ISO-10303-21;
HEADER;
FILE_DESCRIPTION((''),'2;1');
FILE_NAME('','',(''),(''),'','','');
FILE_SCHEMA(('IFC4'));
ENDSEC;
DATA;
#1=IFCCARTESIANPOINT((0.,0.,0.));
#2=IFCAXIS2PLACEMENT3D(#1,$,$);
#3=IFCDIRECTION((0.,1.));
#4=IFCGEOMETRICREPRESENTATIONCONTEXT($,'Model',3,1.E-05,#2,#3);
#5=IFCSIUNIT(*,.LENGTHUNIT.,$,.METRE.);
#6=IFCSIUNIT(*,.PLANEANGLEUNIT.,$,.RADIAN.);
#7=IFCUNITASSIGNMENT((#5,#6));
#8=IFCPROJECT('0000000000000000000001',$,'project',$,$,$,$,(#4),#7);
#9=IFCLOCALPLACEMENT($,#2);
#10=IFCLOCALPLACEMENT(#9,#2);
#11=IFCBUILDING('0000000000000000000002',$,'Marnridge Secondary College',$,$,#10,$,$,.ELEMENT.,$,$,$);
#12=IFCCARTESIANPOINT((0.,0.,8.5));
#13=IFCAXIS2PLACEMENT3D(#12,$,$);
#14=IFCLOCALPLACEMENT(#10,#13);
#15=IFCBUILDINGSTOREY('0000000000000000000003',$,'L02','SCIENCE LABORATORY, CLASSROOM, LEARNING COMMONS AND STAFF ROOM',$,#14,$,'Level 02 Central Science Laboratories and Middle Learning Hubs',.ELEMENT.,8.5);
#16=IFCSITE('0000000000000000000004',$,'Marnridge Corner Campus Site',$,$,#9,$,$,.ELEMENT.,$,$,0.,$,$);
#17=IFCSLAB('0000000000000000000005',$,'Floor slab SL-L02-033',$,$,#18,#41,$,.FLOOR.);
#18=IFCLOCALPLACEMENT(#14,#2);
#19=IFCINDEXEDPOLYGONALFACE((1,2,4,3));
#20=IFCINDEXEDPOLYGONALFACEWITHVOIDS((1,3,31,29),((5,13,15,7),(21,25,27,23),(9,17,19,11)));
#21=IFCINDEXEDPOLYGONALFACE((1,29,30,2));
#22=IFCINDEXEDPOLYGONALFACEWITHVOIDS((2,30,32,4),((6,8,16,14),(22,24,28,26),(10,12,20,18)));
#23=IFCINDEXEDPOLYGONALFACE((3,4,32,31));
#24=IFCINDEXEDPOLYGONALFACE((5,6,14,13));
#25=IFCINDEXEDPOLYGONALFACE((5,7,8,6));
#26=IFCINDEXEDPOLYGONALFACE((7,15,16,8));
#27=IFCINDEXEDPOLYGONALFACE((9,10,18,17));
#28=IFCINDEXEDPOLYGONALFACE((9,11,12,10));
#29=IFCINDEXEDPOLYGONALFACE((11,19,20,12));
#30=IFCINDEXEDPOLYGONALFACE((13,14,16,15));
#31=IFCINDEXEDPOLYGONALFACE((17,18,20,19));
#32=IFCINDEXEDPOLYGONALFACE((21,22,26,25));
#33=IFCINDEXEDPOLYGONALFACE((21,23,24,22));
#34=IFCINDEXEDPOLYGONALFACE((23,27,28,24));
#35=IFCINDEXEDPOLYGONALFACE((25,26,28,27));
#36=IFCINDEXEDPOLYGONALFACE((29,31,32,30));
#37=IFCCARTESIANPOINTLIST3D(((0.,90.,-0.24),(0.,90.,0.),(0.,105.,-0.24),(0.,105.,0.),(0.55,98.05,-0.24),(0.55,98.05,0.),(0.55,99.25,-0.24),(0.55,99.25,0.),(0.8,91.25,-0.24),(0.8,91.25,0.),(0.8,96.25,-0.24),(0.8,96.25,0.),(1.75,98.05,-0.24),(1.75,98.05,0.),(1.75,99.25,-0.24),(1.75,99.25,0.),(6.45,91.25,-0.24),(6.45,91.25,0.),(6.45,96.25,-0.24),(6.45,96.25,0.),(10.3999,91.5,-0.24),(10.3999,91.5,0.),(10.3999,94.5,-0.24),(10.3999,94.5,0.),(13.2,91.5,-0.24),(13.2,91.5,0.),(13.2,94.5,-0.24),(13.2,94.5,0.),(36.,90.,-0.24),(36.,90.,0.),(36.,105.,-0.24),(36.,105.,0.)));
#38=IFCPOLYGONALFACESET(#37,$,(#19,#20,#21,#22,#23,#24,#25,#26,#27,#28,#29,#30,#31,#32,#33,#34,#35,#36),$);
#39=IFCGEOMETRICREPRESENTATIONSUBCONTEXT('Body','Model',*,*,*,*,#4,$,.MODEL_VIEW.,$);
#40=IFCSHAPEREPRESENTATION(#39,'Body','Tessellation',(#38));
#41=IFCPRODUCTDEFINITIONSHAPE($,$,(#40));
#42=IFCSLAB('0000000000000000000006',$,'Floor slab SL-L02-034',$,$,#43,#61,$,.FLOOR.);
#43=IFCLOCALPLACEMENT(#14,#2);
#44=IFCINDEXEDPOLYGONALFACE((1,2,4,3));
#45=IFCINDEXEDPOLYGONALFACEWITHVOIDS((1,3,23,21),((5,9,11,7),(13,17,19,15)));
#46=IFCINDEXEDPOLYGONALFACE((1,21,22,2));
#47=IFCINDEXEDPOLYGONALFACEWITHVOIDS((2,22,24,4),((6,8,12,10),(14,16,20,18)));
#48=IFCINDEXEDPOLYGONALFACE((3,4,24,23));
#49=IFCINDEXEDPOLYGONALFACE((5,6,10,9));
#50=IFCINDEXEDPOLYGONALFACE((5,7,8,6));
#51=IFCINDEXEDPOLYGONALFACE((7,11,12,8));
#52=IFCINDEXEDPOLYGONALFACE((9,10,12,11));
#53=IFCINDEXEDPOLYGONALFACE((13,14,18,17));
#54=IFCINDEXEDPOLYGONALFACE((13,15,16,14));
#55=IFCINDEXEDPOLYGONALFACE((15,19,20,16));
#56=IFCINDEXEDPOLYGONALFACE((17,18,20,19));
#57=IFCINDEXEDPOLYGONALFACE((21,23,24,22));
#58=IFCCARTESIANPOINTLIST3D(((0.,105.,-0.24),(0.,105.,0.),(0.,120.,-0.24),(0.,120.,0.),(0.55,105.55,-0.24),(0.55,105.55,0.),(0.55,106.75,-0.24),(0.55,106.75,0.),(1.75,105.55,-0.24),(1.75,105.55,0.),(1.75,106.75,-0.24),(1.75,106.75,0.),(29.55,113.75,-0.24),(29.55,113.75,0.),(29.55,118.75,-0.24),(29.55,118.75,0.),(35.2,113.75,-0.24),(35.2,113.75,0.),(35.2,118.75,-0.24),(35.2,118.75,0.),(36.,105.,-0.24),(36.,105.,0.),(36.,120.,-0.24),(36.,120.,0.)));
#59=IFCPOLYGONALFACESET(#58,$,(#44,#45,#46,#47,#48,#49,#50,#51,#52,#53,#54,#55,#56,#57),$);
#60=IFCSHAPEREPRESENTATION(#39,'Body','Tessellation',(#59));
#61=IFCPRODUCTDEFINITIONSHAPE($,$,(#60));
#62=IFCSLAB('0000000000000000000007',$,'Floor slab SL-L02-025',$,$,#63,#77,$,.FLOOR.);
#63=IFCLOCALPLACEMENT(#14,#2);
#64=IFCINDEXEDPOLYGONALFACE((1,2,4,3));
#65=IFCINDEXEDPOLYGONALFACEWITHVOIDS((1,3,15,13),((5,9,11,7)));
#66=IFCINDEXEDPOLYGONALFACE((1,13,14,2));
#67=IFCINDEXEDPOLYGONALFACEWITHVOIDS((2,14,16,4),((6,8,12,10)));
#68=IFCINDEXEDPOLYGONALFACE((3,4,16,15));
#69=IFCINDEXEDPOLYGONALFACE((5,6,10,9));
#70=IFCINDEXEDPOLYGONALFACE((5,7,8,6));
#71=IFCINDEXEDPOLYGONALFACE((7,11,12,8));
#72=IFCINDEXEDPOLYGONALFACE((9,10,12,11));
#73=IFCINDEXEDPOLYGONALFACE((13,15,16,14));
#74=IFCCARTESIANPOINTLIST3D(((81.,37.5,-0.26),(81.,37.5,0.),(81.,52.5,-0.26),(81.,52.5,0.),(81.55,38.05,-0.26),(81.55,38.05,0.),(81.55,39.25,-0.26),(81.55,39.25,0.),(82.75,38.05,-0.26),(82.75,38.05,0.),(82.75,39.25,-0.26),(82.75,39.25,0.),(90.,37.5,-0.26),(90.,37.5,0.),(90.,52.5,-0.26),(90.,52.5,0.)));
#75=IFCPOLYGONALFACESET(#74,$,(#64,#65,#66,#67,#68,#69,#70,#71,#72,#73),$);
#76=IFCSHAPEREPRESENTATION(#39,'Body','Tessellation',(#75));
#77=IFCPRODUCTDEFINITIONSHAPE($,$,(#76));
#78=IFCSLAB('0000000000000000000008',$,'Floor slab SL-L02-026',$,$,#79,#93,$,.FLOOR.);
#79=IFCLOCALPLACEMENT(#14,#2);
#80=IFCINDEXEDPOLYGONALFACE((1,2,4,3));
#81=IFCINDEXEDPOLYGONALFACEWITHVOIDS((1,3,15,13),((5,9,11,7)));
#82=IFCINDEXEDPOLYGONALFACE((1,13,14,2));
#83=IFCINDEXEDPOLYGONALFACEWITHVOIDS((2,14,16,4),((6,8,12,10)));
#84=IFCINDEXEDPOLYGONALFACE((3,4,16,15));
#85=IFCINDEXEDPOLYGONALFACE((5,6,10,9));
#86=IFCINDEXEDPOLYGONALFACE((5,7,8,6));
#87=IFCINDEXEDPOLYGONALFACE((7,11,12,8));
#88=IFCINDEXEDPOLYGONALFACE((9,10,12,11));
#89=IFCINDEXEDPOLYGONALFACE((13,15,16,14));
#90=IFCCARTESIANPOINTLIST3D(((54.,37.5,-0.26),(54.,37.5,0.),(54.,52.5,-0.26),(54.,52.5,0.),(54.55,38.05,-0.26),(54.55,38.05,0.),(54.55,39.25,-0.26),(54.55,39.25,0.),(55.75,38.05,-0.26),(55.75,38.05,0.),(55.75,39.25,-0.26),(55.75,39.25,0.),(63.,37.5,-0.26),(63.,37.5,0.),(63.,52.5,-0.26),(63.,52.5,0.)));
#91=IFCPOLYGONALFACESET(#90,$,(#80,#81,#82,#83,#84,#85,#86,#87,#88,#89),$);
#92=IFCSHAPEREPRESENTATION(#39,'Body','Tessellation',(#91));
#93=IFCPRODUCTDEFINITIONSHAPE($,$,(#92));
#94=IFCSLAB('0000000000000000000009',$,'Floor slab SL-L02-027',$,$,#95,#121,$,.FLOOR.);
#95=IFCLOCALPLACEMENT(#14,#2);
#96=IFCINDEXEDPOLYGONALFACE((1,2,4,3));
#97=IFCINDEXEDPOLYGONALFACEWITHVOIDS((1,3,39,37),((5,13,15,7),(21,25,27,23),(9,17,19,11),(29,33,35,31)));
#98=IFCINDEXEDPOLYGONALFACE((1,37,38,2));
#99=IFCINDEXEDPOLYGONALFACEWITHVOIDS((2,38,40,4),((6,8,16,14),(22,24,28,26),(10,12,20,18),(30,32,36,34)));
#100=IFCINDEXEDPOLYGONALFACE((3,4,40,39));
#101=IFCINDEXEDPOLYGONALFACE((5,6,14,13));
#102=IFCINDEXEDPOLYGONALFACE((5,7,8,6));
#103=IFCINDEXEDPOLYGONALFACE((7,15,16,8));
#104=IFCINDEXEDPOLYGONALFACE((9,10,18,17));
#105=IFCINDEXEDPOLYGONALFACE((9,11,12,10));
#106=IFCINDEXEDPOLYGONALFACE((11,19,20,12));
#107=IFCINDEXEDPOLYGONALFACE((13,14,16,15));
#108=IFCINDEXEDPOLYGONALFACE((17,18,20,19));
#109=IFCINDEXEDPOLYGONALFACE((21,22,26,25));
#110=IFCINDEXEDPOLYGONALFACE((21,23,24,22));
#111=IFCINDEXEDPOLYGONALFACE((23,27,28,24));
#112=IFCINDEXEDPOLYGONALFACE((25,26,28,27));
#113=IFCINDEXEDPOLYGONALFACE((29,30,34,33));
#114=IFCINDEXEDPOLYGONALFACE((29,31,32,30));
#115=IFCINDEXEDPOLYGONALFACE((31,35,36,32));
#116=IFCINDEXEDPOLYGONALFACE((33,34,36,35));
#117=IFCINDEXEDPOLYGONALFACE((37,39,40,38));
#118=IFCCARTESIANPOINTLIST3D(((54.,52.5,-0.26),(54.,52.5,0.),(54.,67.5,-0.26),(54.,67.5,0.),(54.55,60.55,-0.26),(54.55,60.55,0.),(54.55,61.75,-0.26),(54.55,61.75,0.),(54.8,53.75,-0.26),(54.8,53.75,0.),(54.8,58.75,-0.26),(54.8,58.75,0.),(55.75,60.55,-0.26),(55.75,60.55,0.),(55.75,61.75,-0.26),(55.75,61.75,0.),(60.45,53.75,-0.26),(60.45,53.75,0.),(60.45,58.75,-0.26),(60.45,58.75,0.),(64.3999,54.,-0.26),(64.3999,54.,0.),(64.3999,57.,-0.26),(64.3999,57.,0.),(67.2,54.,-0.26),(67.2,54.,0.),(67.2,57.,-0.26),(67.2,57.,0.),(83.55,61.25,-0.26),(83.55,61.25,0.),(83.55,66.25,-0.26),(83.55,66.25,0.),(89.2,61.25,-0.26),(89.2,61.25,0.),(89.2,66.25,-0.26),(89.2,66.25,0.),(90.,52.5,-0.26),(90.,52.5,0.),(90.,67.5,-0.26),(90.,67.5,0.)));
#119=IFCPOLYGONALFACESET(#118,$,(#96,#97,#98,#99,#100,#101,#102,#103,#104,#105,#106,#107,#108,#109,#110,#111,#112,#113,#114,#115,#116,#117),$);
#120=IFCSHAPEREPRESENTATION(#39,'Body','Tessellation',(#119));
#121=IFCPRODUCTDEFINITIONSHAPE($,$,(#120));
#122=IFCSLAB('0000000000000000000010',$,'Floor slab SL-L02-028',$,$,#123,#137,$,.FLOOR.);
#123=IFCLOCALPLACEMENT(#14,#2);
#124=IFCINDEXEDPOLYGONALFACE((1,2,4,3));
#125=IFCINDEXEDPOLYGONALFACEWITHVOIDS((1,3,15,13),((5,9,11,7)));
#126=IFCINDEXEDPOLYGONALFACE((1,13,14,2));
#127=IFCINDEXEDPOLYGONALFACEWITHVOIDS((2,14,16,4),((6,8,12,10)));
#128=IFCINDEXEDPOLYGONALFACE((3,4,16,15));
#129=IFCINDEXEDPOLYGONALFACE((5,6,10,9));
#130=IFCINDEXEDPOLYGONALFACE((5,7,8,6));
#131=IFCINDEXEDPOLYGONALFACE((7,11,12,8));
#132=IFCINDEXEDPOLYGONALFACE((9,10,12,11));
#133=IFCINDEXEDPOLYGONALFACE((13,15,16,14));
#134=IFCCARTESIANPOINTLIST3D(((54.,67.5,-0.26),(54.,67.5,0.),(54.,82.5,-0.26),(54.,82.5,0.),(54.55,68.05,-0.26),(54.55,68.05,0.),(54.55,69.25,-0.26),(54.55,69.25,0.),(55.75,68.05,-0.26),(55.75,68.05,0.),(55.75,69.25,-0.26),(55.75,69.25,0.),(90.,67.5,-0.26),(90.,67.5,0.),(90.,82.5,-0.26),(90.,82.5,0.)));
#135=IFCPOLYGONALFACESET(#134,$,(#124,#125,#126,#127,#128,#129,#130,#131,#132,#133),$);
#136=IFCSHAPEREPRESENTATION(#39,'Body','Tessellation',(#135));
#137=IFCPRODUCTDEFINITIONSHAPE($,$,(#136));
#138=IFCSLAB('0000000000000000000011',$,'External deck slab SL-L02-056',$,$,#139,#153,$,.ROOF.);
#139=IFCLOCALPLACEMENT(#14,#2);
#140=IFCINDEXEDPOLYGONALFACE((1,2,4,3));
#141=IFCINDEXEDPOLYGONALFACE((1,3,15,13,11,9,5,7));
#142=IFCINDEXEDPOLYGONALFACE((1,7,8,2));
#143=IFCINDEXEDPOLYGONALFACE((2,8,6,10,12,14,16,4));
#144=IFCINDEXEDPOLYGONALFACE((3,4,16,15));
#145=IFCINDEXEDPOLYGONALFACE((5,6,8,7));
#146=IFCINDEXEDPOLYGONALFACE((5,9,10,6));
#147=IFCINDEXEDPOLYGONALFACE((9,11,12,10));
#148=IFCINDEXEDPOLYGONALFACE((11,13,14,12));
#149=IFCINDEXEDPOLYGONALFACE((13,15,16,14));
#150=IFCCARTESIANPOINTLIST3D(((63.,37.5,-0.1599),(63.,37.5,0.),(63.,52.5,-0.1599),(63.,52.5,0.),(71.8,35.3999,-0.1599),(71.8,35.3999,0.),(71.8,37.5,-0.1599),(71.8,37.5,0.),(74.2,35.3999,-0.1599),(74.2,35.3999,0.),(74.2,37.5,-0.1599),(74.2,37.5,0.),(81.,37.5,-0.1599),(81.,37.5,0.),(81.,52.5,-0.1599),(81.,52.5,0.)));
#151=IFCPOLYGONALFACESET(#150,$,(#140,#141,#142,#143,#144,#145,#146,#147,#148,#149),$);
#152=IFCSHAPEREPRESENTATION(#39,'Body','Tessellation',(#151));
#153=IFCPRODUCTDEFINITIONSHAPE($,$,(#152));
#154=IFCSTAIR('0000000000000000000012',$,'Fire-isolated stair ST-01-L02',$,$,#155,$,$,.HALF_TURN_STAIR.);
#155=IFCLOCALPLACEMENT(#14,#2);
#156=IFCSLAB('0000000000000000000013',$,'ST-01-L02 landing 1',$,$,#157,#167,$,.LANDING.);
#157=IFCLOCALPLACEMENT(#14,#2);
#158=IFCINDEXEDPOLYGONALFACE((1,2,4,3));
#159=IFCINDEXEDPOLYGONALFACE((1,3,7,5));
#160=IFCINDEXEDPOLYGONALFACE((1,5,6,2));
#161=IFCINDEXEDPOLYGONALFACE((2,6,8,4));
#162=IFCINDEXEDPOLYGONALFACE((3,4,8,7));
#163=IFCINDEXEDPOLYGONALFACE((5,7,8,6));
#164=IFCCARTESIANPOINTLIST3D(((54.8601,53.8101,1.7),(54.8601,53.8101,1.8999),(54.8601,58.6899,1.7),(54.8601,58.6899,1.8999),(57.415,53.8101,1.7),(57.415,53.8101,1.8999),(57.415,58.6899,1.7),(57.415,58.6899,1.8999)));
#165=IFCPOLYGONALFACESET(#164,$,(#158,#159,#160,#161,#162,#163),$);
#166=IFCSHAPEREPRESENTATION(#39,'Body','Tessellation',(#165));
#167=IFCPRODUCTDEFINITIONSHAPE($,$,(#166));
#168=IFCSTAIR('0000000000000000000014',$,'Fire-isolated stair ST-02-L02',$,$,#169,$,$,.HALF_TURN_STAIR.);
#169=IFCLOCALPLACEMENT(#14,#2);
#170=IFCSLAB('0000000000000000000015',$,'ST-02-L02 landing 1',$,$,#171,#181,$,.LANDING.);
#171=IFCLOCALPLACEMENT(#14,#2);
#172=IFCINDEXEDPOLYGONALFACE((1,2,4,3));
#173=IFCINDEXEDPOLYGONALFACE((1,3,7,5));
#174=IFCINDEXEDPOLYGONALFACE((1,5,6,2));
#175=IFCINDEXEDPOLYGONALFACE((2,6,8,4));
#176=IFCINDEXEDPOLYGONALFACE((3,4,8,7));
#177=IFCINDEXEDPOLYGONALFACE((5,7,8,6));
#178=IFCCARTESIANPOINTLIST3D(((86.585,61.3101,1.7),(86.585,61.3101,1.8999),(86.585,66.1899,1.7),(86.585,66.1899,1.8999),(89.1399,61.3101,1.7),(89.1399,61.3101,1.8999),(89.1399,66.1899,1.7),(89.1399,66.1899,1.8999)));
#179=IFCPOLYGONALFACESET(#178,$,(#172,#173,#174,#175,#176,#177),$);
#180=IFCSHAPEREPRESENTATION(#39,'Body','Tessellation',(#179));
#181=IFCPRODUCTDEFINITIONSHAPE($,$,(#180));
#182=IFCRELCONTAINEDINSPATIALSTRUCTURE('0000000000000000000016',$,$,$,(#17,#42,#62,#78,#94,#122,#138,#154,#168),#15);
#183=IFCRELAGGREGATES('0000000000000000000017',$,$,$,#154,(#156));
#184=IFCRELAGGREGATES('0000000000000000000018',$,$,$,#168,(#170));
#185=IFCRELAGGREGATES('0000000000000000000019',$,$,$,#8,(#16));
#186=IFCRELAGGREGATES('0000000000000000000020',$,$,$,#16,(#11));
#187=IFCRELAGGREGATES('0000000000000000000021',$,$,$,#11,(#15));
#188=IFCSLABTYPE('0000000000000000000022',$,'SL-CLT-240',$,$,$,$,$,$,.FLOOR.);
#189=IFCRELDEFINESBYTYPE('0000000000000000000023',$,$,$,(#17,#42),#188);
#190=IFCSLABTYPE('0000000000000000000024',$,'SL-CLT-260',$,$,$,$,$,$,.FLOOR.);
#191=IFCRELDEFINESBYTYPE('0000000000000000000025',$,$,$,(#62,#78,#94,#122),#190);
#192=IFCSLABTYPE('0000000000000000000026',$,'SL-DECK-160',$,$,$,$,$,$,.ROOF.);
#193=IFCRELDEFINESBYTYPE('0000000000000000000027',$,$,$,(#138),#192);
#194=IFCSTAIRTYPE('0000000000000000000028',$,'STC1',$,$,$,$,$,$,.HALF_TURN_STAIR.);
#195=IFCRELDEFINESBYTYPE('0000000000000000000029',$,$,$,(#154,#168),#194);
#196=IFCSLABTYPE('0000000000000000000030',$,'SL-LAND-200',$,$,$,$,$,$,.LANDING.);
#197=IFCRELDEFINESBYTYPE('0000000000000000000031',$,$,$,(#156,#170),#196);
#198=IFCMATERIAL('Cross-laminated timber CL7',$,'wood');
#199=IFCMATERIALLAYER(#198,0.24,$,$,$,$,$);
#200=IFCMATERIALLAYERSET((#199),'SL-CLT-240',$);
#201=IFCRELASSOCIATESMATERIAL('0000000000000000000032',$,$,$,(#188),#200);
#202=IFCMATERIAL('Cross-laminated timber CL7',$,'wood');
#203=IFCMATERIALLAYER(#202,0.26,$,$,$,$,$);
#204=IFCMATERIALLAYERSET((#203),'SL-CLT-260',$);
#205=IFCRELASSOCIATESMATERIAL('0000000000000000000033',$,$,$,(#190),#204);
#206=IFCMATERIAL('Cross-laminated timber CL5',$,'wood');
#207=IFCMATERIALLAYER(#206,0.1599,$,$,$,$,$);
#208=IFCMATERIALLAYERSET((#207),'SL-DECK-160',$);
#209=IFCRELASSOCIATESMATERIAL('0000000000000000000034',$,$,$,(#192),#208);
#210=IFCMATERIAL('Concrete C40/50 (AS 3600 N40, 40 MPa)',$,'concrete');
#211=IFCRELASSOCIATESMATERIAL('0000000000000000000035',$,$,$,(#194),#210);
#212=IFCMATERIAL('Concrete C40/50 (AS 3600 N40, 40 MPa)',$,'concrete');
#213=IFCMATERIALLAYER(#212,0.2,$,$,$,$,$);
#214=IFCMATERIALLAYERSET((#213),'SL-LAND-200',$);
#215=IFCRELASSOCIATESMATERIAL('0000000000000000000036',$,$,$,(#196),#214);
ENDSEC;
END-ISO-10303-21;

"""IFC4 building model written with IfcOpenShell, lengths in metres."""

from ifc_helpers import new_model, si_unit, direction, frame, origin, place, context, subcontext, project, spatial, polyline, outline, extrude, material, layer, layer_set, type_object, element, aggregate, save


model = new_model("IFC4")

# Units and contexts
model_context = context("Model", 3, precision=1e-05, world=origin(), true_north=direction((0.0, 1.0)))
body_context = subcontext(model_context, "Body", "Model", "MODEL_VIEW")
ifc_project = project(units=[si_unit("LENGTHUNIT", "METRE"), si_unit("PLANEANGLEUNIT", "RADIAN")], contexts=[model_context])

# Site, building, storey
site_placement = place(None, origin())
site = spatial("IfcSite", under=ifc_project, at=site_placement, Name="Marnridge Corner Campus Site", CompositionType="ELEMENT", RefElevation=0.0)
building_placement = place(site_placement, origin())
building = spatial("IfcBuilding", under=site, at=building_placement, Name="Marnridge Secondary College", CompositionType="ELEMENT")
storey_placement = place(building_placement, frame((0.0, 0.0, 8.5)))
storey = spatial("IfcBuildingStorey", under=building, at=storey_placement, Name="L02", Description="SCIENCE LABORATORY, CLASSROOM, LEARNING COMMONS AND STAFF ROOM", LongName="Level 02 Central Science Laboratories and Middle Learning Hubs", CompositionType="ELEMENT", Elevation=8.5)

# Slabs
ifc_material_1 = material(Name="Cross-laminated timber CL7", Category="wood")
ifc_layer_1 = layer(ifc_material_1, 0.24)
ifc_layer_set_1 = layer_set([ifc_layer_1], Name="SL-CLT-240")
slab_type_1 = type_object("IfcSlabType", Name="SL-CLT-240", PredefinedType="FLOOR", material=ifc_layer_set_1)
slab_1_placement = place(storey_placement, frame((0.0, 0.0, -0.24)))
element("IfcSlab", 1, at=slab_1_placement, inside=storey, type_object=slab_type_1, Name="Floor slab SL-L02-033", PredefinedType="FLOOR", context=body_context, shape_type="SweptSolid", body=[
    extrude(outline(polyline([(36.0, 90.0), (0.0, 90.0), (0.0, 105.0), (36.0, 105.0), (36.0, 90.0)]), holes=[polyline([(0.8, 91.25), (6.45, 91.25), (6.45, 96.25), (0.8, 96.25), (0.8, 91.25)]), polyline([(10.3999, 91.5), (13.2, 91.5), (13.2, 94.5), (10.3999, 94.5), (10.3999, 91.5)]), polyline([(0.55, 98.05), (1.75, 98.05), (1.75, 99.25), (0.55, 99.25), (0.55, 98.05)])]), origin(), (0.0, 0.0, 1.0), 0.24),
])
slab_2_placement = place(storey_placement, frame((0.0, 0.0, -0.24)))
element("IfcSlab", 2, at=slab_2_placement, inside=storey, type_object=slab_type_1, Name="Floor slab SL-L02-034", PredefinedType="FLOOR", context=body_context, shape_type="SweptSolid", body=[
    extrude(outline(polyline([(36.0, 105.0), (0.0, 105.0), (0.0, 120.0), (36.0, 120.0), (36.0, 105.0)]), holes=[polyline([(29.55, 113.75), (35.2, 113.75), (35.2, 118.75), (29.55, 118.75), (29.55, 113.75)]), polyline([(0.55, 105.55), (1.75, 105.55), (1.75, 106.75), (0.55, 106.75), (0.55, 105.55)])]), origin(), (0.0, 0.0, 1.0), 0.24),
])
ifc_material_2 = material(Name="Cross-laminated timber CL7", Category="wood")
ifc_layer_2 = layer(ifc_material_2, 0.26)
ifc_layer_set_2 = layer_set([ifc_layer_2], Name="SL-CLT-260")
slab_type_2 = type_object("IfcSlabType", Name="SL-CLT-260", PredefinedType="FLOOR", material=ifc_layer_set_2)
slab_3_placement = place(storey_placement, frame((0.0, 0.0, -0.26)))
element("IfcSlab", 3, at=slab_3_placement, inside=storey, type_object=slab_type_2, Name="Floor slab SL-L02-025", PredefinedType="FLOOR", context=body_context, shape_type="SweptSolid", body=[
    extrude(outline(polyline([(81.0, 52.5), (90.0, 52.5), (90.0, 37.5), (81.0, 37.5), (81.0, 52.5)]), holes=[polyline([(81.55, 38.05), (82.75, 38.05), (82.75, 39.25), (81.55, 39.25), (81.55, 38.05)])]), origin(), (0.0, 0.0, 1.0), 0.26),
])
slab_4_placement = place(storey_placement, frame((0.0, 0.0, -0.26)))
element("IfcSlab", 4, at=slab_4_placement, inside=storey, type_object=slab_type_2, Name="Floor slab SL-L02-026", PredefinedType="FLOOR", context=body_context, shape_type="SweptSolid", body=[
    extrude(outline(polyline([(54.0, 52.5), (63.0, 52.5), (63.0, 37.5), (54.0, 37.5), (54.0, 52.5)]), holes=[polyline([(54.55, 38.05), (55.75, 38.05), (55.75, 39.25), (54.55, 39.25), (54.55, 38.05)])]), origin(), (0.0, 0.0, 1.0), 0.26),
])
slab_5_placement = place(storey_placement, frame((0.0, 0.0, -0.26)))
element("IfcSlab", 5, at=slab_5_placement, inside=storey, type_object=slab_type_2, Name="Floor slab SL-L02-027", PredefinedType="FLOOR", context=body_context, shape_type="SweptSolid", body=[
    extrude(outline(polyline([(90.0, 52.5), (54.0, 52.5), (54.0, 67.5), (90.0, 67.5), (90.0, 52.5)]), holes=[polyline([(54.8, 53.75), (60.45, 53.75), (60.45, 58.75), (54.8, 58.75), (54.8, 53.75)]), polyline([(83.55, 61.25), (89.2, 61.25), (89.2, 66.25), (83.55, 66.25), (83.55, 61.25)]), polyline([(64.3999, 54.0), (67.2, 54.0), (67.2, 57.0), (64.3999, 57.0), (64.3999, 54.0)]), polyline([(54.55, 60.55), (55.75, 60.55), (55.75, 61.75), (54.55, 61.75), (54.55, 60.55)])]), origin(), (0.0, 0.0, 1.0), 0.26),
])
slab_6_placement = place(storey_placement, frame((0.0, 0.0, -0.26)))
element("IfcSlab", 6, at=slab_6_placement, inside=storey, type_object=slab_type_2, Name="Floor slab SL-L02-028", PredefinedType="FLOOR", context=body_context, shape_type="SweptSolid", body=[
    extrude(outline(polyline([(90.0, 67.5), (54.0, 67.5), (54.0, 82.5), (90.0, 82.5), (90.0, 67.5)]), holes=[polyline([(54.55, 68.05), (55.75, 68.05), (55.75, 69.25), (54.55, 69.25), (54.55, 68.05)])]), origin(), (0.0, 0.0, 1.0), 0.26),
])
ifc_material_3 = material(Name="Cross-laminated timber CL5", Category="wood")
ifc_layer_3 = layer(ifc_material_3, 0.1599)
ifc_layer_set_3 = layer_set([ifc_layer_3], Name="SL-DECK-160")
slab_type_3 = type_object("IfcSlabType", Name="SL-DECK-160", PredefinedType="ROOF", material=ifc_layer_set_3)
slab_7_placement = place(storey_placement, frame((0.0, 0.0, -0.1599)))
element("IfcSlab", 7, at=slab_7_placement, inside=storey, type_object=slab_type_3, Name="External deck slab SL-L02-056", PredefinedType="ROOF", context=body_context, shape_type="SweptSolid", body=[
    extrude(outline(polyline([(63.0, 37.5), (71.8, 37.5), (71.8, 35.3999), (74.2, 35.3999), (74.2, 37.5), (81.0, 37.5), (81.0, 52.5), (63.0, 52.5), (63.0, 37.5)])), origin(), (0.0, 0.0, 1.0), 0.1599),
])

# Stairs, slabs
ifc_material_4 = material(Name="Concrete C40/50 (AS 3600 N40, 40 MPa)", Category="concrete")
stair_type_1 = type_object("IfcStairType", Name="STC1", PredefinedType="HALF_TURN_STAIR", material=ifc_material_4)
stair_1_placement = place(storey_placement, origin())
stair_1 = element("IfcStair", 8, at=stair_1_placement, inside=storey, type_object=stair_type_1, Name="Fire-isolated stair ST-01-L02", PredefinedType="HALF_TURN_STAIR")
ifc_material_5 = material(Name="Concrete C40/50 (AS 3600 N40, 40 MPa)", Category="concrete")
ifc_layer_4 = layer(ifc_material_5, 0.2)
ifc_layer_set_4 = layer_set([ifc_layer_4], Name="SL-LAND-200")
slab_type_4 = type_object("IfcSlabType", Name="SL-LAND-200", PredefinedType="LANDING", material=ifc_layer_set_4)
slab_8_placement = place(storey_placement, frame((0.0, 0.0, 1.7)))
slab_8 = element("IfcSlab", 9, at=slab_8_placement, type_object=slab_type_4, Name="ST-01-L02 landing 1", PredefinedType="LANDING", context=body_context, shape_type="SweptSolid", body=[
    extrude(outline(polyline([(54.8601, 53.8101), (57.415, 53.8101), (57.415, 58.6899), (54.8601, 58.6899), (54.8601, 53.8101)])), origin(), (0.0, 0.0, 1.0), 0.2),
])
aggregate(stair_1, [slab_8])
stair_2_placement = place(storey_placement, origin())
stair_2 = element("IfcStair", 10, at=stair_2_placement, inside=storey, type_object=stair_type_1, Name="Fire-isolated stair ST-02-L02", PredefinedType="HALF_TURN_STAIR")
slab_9_placement = place(storey_placement, frame((0.0, 0.0, 1.7)))
slab_9 = element("IfcSlab", 11, at=slab_9_placement, type_object=slab_type_4, Name="ST-02-L02 landing 1", PredefinedType="LANDING", context=body_context, shape_type="SweptSolid", body=[
    extrude(outline(polyline([(86.585, 61.3101), (89.1399, 61.3101), (89.1399, 66.1899), (86.585, 66.1899), (86.585, 61.3101)])), origin(), (0.0, 0.0, 1.0), 0.2),
])
aggregate(stair_2, [slab_9])

save(model, "model.ifc")
